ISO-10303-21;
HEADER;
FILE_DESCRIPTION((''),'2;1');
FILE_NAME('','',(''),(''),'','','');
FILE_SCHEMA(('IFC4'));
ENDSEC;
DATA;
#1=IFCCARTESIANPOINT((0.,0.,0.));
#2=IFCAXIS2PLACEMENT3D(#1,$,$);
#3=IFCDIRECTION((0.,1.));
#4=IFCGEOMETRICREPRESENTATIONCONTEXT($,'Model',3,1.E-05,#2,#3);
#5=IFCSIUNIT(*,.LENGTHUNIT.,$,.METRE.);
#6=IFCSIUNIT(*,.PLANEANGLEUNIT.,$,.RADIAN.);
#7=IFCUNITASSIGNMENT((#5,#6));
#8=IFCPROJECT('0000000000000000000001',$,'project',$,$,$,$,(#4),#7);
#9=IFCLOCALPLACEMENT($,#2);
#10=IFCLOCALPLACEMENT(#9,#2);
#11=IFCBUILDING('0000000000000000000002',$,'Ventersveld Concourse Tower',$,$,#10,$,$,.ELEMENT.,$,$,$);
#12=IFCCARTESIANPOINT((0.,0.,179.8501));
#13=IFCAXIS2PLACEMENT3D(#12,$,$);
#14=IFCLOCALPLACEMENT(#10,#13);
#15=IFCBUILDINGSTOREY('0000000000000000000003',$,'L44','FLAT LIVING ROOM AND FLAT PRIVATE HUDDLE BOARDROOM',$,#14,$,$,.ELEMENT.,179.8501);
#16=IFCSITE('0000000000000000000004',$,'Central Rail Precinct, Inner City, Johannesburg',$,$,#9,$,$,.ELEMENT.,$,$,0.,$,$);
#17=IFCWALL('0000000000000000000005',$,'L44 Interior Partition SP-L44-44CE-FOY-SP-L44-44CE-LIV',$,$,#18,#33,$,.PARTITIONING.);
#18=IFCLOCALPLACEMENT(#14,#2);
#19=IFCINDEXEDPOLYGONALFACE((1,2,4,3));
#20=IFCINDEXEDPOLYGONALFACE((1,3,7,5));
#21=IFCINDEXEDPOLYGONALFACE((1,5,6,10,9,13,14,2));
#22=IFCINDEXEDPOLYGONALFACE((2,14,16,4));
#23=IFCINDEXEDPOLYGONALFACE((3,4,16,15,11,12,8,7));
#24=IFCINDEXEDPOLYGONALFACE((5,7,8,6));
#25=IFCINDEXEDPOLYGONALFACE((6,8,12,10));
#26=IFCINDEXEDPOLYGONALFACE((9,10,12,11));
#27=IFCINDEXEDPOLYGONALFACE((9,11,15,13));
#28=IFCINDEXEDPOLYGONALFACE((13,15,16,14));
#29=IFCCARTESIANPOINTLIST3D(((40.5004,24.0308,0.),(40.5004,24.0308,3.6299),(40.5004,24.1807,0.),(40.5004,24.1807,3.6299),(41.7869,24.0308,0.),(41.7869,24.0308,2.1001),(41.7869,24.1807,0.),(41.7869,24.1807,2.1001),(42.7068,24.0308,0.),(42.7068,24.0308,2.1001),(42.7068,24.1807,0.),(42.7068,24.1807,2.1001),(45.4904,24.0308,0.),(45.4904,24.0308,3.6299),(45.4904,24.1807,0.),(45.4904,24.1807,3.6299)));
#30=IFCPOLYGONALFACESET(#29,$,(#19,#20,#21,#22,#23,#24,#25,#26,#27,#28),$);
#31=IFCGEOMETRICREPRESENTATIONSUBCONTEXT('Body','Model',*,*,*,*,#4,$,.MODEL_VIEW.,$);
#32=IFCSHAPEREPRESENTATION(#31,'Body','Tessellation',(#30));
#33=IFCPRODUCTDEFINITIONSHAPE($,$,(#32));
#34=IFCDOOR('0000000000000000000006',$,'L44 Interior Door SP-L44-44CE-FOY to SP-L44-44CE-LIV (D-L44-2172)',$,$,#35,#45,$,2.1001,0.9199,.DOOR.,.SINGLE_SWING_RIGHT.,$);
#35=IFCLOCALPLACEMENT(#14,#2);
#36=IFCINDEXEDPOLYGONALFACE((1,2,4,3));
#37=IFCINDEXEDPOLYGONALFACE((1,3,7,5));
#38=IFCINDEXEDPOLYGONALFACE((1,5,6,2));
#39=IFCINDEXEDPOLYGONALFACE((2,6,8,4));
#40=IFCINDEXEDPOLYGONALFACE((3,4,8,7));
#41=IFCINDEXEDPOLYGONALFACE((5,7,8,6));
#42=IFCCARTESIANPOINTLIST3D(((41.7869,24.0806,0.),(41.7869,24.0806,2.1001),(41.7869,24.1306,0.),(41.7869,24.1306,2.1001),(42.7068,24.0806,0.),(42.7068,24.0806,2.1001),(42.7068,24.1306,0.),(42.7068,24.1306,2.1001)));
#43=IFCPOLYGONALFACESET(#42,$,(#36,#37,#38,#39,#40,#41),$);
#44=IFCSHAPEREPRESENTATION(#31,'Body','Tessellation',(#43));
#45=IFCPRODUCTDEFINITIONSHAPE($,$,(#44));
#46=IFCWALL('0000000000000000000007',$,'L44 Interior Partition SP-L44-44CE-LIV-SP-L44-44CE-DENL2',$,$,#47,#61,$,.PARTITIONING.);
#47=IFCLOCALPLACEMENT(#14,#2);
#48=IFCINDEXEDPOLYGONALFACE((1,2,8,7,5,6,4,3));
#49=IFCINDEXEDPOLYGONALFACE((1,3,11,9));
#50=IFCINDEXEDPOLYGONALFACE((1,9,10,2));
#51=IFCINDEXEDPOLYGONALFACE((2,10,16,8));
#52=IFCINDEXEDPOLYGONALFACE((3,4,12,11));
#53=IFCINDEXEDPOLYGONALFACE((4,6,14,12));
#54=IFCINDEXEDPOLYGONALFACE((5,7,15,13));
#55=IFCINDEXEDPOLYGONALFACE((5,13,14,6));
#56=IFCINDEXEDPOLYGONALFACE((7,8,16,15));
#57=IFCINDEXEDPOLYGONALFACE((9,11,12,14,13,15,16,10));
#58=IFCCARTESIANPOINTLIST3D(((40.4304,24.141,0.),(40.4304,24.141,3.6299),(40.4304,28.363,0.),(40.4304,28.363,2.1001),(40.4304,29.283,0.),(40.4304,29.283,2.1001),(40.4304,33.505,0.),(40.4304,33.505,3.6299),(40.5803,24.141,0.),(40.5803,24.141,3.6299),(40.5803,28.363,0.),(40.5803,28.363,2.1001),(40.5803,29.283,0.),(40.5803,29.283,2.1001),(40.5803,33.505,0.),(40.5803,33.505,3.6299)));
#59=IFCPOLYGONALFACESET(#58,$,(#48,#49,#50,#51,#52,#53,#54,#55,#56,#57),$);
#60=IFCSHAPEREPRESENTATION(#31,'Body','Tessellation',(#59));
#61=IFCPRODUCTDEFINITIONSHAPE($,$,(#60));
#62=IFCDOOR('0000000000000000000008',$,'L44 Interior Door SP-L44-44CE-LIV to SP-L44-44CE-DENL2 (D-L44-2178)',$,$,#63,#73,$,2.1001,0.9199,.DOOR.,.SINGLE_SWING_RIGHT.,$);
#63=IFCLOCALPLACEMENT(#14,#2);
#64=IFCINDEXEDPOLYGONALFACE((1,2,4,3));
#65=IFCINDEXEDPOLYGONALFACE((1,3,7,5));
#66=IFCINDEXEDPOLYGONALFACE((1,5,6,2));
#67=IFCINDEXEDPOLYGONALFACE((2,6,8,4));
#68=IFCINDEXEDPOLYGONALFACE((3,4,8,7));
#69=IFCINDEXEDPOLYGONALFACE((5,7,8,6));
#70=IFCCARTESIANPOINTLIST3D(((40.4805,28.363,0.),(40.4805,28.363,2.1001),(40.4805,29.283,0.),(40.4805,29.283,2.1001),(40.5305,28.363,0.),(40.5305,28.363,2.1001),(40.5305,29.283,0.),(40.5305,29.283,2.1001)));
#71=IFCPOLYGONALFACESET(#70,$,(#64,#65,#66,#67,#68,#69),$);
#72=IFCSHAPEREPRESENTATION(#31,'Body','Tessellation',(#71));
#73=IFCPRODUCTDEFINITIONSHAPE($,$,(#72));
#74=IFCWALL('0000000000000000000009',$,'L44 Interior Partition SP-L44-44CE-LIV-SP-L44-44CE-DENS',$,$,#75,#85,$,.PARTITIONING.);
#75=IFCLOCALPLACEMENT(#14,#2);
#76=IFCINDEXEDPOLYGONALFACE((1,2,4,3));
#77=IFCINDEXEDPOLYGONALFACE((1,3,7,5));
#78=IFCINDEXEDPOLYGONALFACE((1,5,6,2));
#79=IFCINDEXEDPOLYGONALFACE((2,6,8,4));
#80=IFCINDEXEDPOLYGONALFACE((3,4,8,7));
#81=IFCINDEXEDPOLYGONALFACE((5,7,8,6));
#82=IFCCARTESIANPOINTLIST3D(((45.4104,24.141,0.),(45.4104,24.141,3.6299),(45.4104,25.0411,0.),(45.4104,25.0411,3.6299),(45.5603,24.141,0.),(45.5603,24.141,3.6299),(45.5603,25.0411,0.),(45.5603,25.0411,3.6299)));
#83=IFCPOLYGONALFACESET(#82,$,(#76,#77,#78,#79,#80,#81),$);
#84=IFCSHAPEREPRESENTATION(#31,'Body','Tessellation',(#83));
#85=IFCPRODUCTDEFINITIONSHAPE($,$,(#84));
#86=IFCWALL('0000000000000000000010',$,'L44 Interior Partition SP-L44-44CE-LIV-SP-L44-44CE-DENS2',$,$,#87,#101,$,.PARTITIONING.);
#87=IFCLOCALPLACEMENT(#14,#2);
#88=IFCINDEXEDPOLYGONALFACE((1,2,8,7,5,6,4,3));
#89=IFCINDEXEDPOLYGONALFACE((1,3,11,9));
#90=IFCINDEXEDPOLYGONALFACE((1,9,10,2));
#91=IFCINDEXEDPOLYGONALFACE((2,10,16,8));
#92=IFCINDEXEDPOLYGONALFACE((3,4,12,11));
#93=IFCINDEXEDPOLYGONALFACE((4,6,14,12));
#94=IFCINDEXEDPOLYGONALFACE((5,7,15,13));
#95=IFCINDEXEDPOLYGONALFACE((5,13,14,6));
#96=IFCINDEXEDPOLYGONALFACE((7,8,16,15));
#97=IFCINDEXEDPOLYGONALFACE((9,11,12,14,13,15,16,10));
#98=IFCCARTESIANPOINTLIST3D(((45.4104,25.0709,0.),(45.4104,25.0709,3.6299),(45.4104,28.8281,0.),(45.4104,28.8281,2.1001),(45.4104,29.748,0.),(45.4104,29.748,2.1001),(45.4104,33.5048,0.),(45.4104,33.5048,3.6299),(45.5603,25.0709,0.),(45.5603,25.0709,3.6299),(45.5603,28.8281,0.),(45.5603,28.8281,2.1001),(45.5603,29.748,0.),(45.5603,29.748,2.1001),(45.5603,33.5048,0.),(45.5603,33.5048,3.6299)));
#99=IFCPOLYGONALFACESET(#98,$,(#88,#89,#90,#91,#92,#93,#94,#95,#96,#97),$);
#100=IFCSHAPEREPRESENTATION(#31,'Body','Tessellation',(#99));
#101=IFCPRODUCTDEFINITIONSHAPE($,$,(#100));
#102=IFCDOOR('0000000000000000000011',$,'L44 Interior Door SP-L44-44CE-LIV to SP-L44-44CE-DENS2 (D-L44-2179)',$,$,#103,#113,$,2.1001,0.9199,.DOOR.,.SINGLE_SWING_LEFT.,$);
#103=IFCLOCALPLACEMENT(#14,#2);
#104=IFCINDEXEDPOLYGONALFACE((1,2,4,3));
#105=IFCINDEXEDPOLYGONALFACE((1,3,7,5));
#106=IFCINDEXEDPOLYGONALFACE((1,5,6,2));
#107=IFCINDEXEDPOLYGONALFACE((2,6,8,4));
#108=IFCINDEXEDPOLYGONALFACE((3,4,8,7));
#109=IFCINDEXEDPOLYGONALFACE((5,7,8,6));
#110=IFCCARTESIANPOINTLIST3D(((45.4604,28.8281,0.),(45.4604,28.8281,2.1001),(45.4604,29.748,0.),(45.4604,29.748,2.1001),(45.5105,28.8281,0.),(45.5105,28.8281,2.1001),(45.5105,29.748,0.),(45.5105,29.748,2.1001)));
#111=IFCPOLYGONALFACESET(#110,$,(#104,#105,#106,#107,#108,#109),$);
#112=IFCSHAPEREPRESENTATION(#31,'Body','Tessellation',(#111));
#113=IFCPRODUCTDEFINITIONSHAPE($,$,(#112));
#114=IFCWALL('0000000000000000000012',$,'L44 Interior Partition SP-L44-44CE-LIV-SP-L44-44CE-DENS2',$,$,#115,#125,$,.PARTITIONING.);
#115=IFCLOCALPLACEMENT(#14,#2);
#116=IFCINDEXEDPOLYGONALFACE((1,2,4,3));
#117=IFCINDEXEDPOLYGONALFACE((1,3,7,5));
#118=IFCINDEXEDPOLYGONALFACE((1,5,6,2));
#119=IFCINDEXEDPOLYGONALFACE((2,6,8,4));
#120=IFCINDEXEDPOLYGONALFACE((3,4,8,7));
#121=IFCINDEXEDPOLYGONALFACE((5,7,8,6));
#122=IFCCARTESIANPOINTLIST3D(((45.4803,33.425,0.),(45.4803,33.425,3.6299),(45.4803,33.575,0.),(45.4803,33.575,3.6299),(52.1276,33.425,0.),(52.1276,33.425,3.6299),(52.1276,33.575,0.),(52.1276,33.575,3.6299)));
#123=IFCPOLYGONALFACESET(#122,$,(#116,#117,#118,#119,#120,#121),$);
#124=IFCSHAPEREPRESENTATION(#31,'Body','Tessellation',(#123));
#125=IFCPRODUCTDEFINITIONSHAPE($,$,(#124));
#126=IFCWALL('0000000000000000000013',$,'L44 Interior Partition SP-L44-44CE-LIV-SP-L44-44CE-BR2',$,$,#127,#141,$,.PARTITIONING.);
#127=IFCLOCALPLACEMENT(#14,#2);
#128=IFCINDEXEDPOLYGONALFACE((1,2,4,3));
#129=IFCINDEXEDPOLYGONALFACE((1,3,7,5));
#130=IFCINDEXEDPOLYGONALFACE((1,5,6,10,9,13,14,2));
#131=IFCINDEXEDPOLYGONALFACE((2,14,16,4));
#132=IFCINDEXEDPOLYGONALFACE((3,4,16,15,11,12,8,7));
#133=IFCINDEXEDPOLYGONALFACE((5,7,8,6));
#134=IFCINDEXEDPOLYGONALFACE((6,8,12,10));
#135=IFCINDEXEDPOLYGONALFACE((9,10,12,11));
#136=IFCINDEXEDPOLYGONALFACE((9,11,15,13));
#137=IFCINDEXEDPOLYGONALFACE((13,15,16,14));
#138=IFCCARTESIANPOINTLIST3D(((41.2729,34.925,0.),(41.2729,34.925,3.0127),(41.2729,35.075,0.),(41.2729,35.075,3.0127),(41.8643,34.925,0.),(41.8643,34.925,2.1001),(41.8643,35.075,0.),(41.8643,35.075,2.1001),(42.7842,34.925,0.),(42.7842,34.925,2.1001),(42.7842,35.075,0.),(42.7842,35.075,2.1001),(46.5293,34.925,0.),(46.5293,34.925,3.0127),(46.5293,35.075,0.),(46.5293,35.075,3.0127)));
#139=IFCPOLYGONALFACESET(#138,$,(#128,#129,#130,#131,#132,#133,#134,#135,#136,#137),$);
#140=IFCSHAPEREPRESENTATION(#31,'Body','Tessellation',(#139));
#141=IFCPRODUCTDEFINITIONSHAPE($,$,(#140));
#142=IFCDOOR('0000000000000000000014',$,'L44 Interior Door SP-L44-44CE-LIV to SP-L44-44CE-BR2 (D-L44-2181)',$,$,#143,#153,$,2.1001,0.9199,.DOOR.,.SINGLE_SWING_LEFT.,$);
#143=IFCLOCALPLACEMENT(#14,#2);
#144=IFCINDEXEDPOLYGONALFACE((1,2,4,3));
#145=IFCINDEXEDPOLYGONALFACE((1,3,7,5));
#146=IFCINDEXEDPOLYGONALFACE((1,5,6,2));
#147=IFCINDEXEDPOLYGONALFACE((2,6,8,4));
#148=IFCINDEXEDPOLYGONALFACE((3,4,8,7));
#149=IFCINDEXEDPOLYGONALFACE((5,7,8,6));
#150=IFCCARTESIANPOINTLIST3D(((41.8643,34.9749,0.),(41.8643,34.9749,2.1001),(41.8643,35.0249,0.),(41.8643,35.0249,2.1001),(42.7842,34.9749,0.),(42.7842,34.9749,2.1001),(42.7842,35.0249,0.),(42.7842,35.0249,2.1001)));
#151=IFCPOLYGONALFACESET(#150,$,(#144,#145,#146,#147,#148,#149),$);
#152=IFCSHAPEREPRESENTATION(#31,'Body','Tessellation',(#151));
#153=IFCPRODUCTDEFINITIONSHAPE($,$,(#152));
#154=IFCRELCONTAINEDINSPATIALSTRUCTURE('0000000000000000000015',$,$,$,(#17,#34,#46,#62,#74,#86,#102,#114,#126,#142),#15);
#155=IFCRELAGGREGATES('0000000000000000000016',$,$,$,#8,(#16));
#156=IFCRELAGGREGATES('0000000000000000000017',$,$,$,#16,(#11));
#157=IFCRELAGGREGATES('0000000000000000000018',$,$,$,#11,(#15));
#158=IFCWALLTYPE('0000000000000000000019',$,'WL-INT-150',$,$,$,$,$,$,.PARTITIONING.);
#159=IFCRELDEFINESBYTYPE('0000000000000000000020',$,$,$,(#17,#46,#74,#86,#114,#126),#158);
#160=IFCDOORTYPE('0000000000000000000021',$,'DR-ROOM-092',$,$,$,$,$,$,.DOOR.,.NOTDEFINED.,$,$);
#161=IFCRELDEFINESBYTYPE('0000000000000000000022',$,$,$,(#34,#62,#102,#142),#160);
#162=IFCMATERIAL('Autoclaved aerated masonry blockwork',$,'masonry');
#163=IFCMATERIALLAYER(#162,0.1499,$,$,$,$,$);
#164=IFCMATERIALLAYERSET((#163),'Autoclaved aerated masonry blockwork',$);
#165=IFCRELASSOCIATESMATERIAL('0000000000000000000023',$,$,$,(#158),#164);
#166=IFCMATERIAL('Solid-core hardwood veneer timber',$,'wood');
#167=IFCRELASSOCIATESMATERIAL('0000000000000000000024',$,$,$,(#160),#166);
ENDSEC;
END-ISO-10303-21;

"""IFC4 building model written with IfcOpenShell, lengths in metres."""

from ifc_helpers import new_model, si_unit, direction, frame, frame_2d, origin, place, context, subcontext, project, spatial, rectangle, extrude, material, layer, layer_set, type_object, element, fill, save


model = new_model("IFC4")

# Units and contexts
model_context = context("Model", 3, precision=1e-05, world=origin(), true_north=direction((0.0, 1.0)))
body_context = subcontext(model_context, "Body", "Model", "MODEL_VIEW")
ifc_project = project(units=[si_unit("LENGTHUNIT", "METRE"), si_unit("PLANEANGLEUNIT", "RADIAN")], contexts=[model_context])

# Site, building, storey
site_placement = place(None, origin())
site = spatial("IfcSite", under=ifc_project, at=site_placement, Name="Central Rail Precinct, Inner City, Johannesburg", CompositionType="ELEMENT", RefElevation=0.0)
building_placement = place(site_placement, origin())
building = spatial("IfcBuilding", under=site, at=building_placement, Name="Ventersveld Concourse Tower", CompositionType="ELEMENT")
storey_placement = place(building_placement, frame((0.0, 0.0, 179.8501)))
storey = spatial("IfcBuildingStorey", under=building, at=storey_placement, Name="L44", Description="FLAT LIVING ROOM AND FLAT PRIVATE HUDDLE BOARDROOM", CompositionType="ELEMENT", Elevation=179.8501)

# Walls, openings, doors
ifc_material_1 = material(Name="Autoclaved aerated masonry blockwork", Category="masonry")
ifc_layer_1 = layer(ifc_material_1, 0.1499)
ifc_layer_set_1 = layer_set([ifc_layer_1], Name="Autoclaved aerated masonry blockwork")
wall_type_1 = type_object("IfcWallType", Name="WL-INT-150", PredefinedType="PARTITIONING", material=ifc_layer_set_1)
wall_1_placement = place(storey_placement, frame((40.5002, 24.1057, 0.0), z_axis=(0.0, 0.0, 1.0), x_axis=(1.0, 0.0, 0.0)))
wall_1 = element("IfcWall", 1, at=wall_1_placement, inside=storey, type_object=wall_type_1, Name="L44 Interior Partition SP-L44-44CE-FOY-SP-L44-44CE-LIV", PredefinedType="PARTITIONING", context=body_context, shape_type="SweptSolid", body=[
    extrude(rectangle(XDim=4.99, YDim=0.1499, at=frame_2d((2.4951, 0.0))), origin(), (0.0, 0.0, 1.0), 3.6299),
])
opening_1_placement = place(wall_1_placement, frame((1.2866, 0.0, 0.0)))
opening_1 = element("IfcOpeningElement", 2, at=opening_1_placement, cuts=wall_1, PredefinedType="OPENING", context=body_context, shape_type="SweptSolid", body=[
    extrude(rectangle(XDim=0.9199, YDim=2.1001, at=frame_2d((0.46, 1.05))), frame((0.0, 0.085, 0.0), z_axis=(0.0, -1.0, 0.0), x_axis=(1.0, 0.0, 0.0)), (0.0, 0.0, 1.0), 0.1699),
])
ifc_material_2 = material(Name="Solid-core hardwood veneer timber", Category="wood")
door_type = type_object("IfcDoorType", Name="DR-ROOM-092", OperationType="NOTDEFINED", PredefinedType="DOOR", material=ifc_material_2)
door_1_placement = place(opening_1_placement, origin())
door_1 = element("IfcDoor", 3, at=door_1_placement, inside=storey, type_object=door_type, Name="L44 Interior Door SP-L44-44CE-FOY to SP-L44-44CE-LIV (D-L44-2172)", OperationType="SINGLE_SWING_RIGHT", OverallHeight=2.1001, OverallWidth=0.9199, PredefinedType="DOOR", context=body_context, shape_type="SweptSolid", body=[
    extrude(rectangle(XDim=0.9199, YDim=2.1001, at=frame_2d((0.46, 1.05))), frame((0.0, 0.0249, 0.0), z_axis=(0.0, -1.0, 0.0), x_axis=(1.0, 0.0, 0.0)), (0.0, 0.0, 1.0), 0.05),
])
fill(opening_1, door_1)
wall_2_placement = place(storey_placement, frame((40.5054, 24.1409, 0.0), z_axis=(0.0, 0.0, 1.0), x_axis=(0.0, 1.0, 0.0)))
wall_2 = element("IfcWall", 4, at=wall_2_placement, inside=storey, type_object=wall_type_1, Name="L44 Interior Partition SP-L44-44CE-LIV-SP-L44-44CE-DENL2", PredefinedType="PARTITIONING", context=body_context, shape_type="SweptSolid", body=[
    extrude(rectangle(XDim=9.364, YDim=0.1499, at=frame_2d((4.6821, 0.0))), origin(), (0.0, 0.0, 1.0), 3.6299),
])
opening_2_placement = place(wall_2_placement, frame((4.2222, 0.0, 0.0)))
opening_2 = element("IfcOpeningElement", 5, at=opening_2_placement, cuts=wall_2, PredefinedType="OPENING", context=body_context, shape_type="SweptSolid", body=[
    extrude(rectangle(XDim=0.9199, YDim=2.1001, at=frame_2d((0.46, 1.05))), frame((0.0, 0.085, 0.0), z_axis=(0.0, -1.0, 0.0), x_axis=(1.0, 0.0, 0.0)), (0.0, 0.0, 1.0), 0.1699),
])
door_2_placement = place(opening_2_placement, origin())
door_2 = element("IfcDoor", 6, at=door_2_placement, inside=storey, type_object=door_type, Name="L44 Interior Door SP-L44-44CE-LIV to SP-L44-44CE-DENL2 (D-L44-2178)", OperationType="SINGLE_SWING_RIGHT", OverallHeight=2.1001, OverallWidth=0.9199, PredefinedType="DOOR", context=body_context, shape_type="SweptSolid", body=[
    extrude(rectangle(XDim=0.9199, YDim=2.1001, at=frame_2d((0.46, 1.05))), frame((0.0, 0.0249, 0.0), z_axis=(0.0, -1.0, 0.0), x_axis=(1.0, 0.0, 0.0)), (0.0, 0.0, 1.0), 0.05),
])
fill(opening_2, door_2)

# Wall
wall_3_placement = place(storey_placement, frame((45.4854, 24.1409, 0.0), z_axis=(0.0, 0.0, 1.0), x_axis=(0.0, 1.0, 0.0)))
element("IfcWall", 7, at=wall_3_placement, inside=storey, type_object=wall_type_1, Name="L44 Interior Partition SP-L44-44CE-LIV-SP-L44-44CE-DENS", PredefinedType="PARTITIONING", context=body_context, shape_type="SweptSolid", body=[
    extrude(rectangle(XDim=0.9001, YDim=0.1499, at=frame_2d((0.4502, 0.0))), origin(), (0.0, 0.0, 1.0), 3.6299),
])

# Wall, opening, door
wall_4_placement = place(storey_placement, frame((45.4854, 25.071, 0.0), z_axis=(0.0, 0.0, 1.0), x_axis=(0.0, 1.0, 0.0)))
wall_4 = element("IfcWall", 8, at=wall_4_placement, inside=storey, type_object=wall_type_1, Name="L44 Interior Partition SP-L44-44CE-LIV-SP-L44-44CE-DENS2", PredefinedType="PARTITIONING", context=body_context, shape_type="SweptSolid", body=[
    extrude(rectangle(XDim=8.4338, YDim=0.1499, at=frame_2d((4.2168, 0.0))), origin(), (0.0, 0.0, 1.0), 3.6299),
])
opening_3_placement = place(wall_4_placement, frame((3.7571, 0.0, 0.0)))
opening_3 = element("IfcOpeningElement", 9, at=opening_3_placement, cuts=wall_4, PredefinedType="OPENING", context=body_context, shape_type="SweptSolid", body=[
    extrude(rectangle(XDim=0.9199, YDim=2.1001, at=frame_2d((0.46, 1.05))), frame((0.0, 0.085, 0.0), z_axis=(0.0, -1.0, 0.0), x_axis=(1.0, 0.0, 0.0)), (0.0, 0.0, 1.0), 0.1699),
])
door_3_placement = place(opening_3_placement, origin())
door_3 = element("IfcDoor", 10, at=door_3_placement, inside=storey, type_object=door_type, Name="L44 Interior Door SP-L44-44CE-LIV to SP-L44-44CE-DENS2 (D-L44-2179)", OperationType="SINGLE_SWING_LEFT", OverallHeight=2.1001, OverallWidth=0.9199, PredefinedType="DOOR", context=body_context, shape_type="SweptSolid", body=[
    extrude(rectangle(XDim=0.9199, YDim=2.1001, at=frame_2d((0.46, 1.05))), frame((0.0, 0.0249, 0.0), z_axis=(0.0, -1.0, 0.0), x_axis=(1.0, 0.0, 0.0)), (0.0, 0.0, 1.0), 0.05),
])
fill(opening_3, door_3)

# Wall
wall_5_placement = place(storey_placement, frame((45.4802, 33.5, 0.0), z_axis=(0.0, 0.0, 1.0), x_axis=(1.0, 0.0, 0.0)))
element("IfcWall", 11, at=wall_5_placement, inside=storey, type_object=wall_type_1, Name="L44 Interior Partition SP-L44-44CE-LIV-SP-L44-44CE-DENS2", PredefinedType="PARTITIONING", context=body_context, shape_type="SweptSolid", body=[
    extrude(rectangle(XDim=6.6472, YDim=0.1499, at=frame_2d((3.3237, 0.0))), origin(), (0.0, 0.0, 1.0), 3.6299),
])

# Wall, opening, door
wall_6_placement = place(storey_placement, frame((41.2729, 35.0, 0.0), z_axis=(0.0, 0.0, 1.0), x_axis=(1.0, 0.0, 0.0)))
wall_6 = element("IfcWall", 12, at=wall_6_placement, inside=storey, type_object=wall_type_1, Name="L44 Interior Partition SP-L44-44CE-LIV-SP-L44-44CE-BR2", PredefinedType="PARTITIONING", context=body_context, shape_type="SweptSolid", body=[
    extrude(rectangle(XDim=5.2563, YDim=0.1499, at=frame_2d((2.6282, 0.0))), origin(), (0.0, 0.0, 1.0), 3.0127),
])
opening_4_placement = place(wall_6_placement, frame((0.5913, 0.0, 0.0)))
opening_4 = element("IfcOpeningElement", 13, at=opening_4_placement, cuts=wall_6, PredefinedType="OPENING", context=body_context, shape_type="SweptSolid", body=[
    extrude(rectangle(XDim=0.9199, YDim=2.1001, at=frame_2d((0.46, 1.05))), frame((0.0, 0.085, 0.0), z_axis=(0.0, -1.0, 0.0), x_axis=(1.0, 0.0, 0.0)), (0.0, 0.0, 1.0), 0.1699),
])
door_4_placement = place(opening_4_placement, origin())
door_4 = element("IfcDoor", 14, at=door_4_placement, inside=storey, type_object=door_type, Name="L44 Interior Door SP-L44-44CE-LIV to SP-L44-44CE-BR2 (D-L44-2181)", OperationType="SINGLE_SWING_LEFT", OverallHeight=2.1001, OverallWidth=0.9199, PredefinedType="DOOR", context=body_context, shape_type="SweptSolid", body=[
    extrude(rectangle(XDim=0.9199, YDim=2.1001, at=frame_2d((0.46, 1.05))), frame((0.0, 0.0249, 0.0), z_axis=(0.0, -1.0, 0.0), x_axis=(1.0, 0.0, 0.0)), (0.0, 0.0, 1.0), 0.05),
])
fill(opening_4, door_4)

save(model, "model.ifc")
